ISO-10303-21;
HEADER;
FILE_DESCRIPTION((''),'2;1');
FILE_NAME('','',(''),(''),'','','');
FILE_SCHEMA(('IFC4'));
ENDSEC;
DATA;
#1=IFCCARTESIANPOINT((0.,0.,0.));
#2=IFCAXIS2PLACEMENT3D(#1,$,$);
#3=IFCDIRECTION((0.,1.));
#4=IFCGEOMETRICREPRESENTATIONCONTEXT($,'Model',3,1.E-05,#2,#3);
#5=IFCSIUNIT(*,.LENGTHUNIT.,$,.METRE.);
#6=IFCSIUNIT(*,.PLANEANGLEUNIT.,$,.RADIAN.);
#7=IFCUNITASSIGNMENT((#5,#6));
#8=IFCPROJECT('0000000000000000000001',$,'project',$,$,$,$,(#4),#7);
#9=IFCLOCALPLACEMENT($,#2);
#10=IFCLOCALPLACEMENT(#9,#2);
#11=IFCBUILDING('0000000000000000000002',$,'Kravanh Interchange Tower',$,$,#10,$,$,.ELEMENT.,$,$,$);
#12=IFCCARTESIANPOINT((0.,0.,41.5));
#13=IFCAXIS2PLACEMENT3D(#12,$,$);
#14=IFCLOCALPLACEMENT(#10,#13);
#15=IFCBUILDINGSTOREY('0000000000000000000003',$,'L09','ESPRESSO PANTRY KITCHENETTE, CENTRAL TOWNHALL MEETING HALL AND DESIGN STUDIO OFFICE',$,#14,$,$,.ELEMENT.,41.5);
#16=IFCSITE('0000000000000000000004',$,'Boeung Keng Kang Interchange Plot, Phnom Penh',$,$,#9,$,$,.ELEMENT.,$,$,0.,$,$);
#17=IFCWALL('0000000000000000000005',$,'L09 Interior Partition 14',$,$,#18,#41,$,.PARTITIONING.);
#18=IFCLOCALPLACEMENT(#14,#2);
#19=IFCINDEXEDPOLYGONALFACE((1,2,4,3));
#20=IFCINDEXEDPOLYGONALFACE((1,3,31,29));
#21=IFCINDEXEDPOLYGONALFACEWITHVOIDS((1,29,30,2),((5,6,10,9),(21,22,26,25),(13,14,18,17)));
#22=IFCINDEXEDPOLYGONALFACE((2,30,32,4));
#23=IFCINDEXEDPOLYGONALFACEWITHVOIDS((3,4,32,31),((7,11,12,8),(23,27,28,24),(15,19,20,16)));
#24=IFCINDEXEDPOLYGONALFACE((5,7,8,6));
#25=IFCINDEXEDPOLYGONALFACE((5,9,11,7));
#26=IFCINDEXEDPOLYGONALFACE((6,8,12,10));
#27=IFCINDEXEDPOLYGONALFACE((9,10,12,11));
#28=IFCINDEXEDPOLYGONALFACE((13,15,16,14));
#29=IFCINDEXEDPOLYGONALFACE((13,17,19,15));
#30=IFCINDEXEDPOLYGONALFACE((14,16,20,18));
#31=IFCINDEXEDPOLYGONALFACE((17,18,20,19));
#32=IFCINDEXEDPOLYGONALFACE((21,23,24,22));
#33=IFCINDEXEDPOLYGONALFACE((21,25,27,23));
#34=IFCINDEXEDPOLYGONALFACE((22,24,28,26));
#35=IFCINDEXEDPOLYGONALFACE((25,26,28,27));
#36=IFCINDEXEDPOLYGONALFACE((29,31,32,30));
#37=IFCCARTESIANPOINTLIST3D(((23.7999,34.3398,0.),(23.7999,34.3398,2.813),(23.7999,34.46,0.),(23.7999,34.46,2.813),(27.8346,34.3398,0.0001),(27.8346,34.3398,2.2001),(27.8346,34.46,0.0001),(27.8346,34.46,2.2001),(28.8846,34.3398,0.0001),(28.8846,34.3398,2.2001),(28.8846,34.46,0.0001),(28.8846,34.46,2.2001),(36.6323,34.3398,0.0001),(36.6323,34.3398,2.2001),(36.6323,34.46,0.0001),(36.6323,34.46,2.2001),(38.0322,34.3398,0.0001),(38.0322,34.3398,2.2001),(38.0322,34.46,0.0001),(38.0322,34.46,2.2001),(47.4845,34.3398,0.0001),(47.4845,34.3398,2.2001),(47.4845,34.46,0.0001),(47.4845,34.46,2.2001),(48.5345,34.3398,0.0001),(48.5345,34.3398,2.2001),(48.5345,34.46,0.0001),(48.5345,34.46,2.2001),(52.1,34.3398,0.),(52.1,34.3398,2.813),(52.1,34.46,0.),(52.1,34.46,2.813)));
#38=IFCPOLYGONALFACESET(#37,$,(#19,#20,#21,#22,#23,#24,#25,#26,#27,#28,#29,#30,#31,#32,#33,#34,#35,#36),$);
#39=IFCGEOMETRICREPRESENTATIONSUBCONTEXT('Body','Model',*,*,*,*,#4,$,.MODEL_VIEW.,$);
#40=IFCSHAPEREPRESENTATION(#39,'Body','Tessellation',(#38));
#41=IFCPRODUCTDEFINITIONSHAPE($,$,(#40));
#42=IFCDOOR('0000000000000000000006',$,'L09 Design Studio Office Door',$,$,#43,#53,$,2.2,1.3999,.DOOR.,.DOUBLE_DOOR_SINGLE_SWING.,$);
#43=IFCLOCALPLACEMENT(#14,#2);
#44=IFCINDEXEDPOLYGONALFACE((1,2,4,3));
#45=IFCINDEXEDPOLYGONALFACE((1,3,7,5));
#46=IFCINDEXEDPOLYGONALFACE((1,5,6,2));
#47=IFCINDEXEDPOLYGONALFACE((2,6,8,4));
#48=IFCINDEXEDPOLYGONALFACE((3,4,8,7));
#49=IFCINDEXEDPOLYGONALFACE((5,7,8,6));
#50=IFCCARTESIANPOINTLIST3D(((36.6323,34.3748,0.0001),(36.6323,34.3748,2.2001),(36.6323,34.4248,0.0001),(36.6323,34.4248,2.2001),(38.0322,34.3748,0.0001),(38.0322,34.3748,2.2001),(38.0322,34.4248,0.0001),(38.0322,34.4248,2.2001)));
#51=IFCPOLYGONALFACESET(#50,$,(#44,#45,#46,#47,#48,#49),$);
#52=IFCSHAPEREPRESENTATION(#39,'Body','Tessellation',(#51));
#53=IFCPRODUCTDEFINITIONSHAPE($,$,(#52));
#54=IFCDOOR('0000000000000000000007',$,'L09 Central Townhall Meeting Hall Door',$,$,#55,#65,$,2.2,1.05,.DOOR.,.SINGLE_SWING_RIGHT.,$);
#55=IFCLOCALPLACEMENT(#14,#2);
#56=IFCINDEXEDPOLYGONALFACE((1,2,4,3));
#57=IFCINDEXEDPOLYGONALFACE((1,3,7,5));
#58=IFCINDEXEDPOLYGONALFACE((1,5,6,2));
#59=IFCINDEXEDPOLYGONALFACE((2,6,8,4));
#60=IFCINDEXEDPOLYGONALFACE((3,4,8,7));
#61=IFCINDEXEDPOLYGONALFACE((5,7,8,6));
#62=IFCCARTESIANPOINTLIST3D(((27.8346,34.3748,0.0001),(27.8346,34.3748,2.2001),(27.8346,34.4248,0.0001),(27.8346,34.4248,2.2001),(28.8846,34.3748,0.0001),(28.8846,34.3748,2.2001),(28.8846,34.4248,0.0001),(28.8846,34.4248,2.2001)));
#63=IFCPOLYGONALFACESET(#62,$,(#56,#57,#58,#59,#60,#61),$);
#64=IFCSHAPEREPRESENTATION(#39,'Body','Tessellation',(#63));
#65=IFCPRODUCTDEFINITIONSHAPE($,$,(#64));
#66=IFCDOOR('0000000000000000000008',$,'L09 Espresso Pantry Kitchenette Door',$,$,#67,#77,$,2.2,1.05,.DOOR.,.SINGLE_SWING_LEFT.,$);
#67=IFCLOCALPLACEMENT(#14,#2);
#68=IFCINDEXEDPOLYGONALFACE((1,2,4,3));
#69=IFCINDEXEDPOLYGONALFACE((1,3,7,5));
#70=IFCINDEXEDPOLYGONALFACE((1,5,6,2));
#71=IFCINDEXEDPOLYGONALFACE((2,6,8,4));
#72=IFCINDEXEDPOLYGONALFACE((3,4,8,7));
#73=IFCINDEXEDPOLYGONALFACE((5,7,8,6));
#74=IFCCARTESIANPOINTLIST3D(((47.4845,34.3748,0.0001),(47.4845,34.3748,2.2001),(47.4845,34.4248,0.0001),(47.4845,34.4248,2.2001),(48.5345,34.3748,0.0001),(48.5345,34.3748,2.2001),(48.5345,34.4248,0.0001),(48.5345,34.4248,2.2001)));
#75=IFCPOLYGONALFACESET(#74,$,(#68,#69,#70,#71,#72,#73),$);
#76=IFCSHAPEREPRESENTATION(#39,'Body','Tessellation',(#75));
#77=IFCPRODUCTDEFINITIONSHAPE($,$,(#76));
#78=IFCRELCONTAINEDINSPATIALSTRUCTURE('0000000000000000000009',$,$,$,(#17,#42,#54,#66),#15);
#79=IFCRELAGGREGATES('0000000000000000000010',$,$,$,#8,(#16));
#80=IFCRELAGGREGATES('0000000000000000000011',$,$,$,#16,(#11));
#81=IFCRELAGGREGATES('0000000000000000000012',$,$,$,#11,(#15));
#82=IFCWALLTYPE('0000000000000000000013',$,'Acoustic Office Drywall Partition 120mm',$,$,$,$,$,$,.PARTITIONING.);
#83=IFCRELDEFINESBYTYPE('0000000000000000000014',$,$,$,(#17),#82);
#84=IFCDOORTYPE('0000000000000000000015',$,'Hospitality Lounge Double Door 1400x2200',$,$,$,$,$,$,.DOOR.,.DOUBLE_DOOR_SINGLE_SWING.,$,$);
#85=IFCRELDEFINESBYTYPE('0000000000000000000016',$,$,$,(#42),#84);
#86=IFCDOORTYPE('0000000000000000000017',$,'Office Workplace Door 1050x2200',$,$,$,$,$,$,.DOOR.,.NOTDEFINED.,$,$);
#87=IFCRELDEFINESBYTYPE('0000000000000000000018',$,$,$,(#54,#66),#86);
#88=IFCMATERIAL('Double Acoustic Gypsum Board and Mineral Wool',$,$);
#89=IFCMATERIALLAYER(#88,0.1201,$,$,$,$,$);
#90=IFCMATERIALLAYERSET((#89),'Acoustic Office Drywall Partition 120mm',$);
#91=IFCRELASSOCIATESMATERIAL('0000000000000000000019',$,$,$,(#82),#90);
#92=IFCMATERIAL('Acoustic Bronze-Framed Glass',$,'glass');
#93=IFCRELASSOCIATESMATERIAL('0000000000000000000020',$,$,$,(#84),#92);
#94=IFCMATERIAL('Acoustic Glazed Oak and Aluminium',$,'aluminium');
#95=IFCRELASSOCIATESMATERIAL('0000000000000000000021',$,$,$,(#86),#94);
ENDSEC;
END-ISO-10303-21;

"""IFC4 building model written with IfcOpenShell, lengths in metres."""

from ifc_helpers import new_model, si_unit, direction, frame, frame_2d, origin, place, context, subcontext, project, spatial, rectangle, extrude, material, layer, layer_set, type_object, element, fill, save


model = new_model("IFC4")

# Units and contexts
model_context = context("Model", 3, precision=1e-05, world=origin(), true_north=direction((0.0, 1.0)))
body_context = subcontext(model_context, "Body", "Model", "MODEL_VIEW")
ifc_project = project(units=[si_unit("LENGTHUNIT", "METRE"), si_unit("PLANEANGLEUNIT", "RADIAN")], contexts=[model_context])

# Site, building, storey
site_placement = place(None, origin())
site = spatial("IfcSite", under=ifc_project, at=site_placement, Name="Boeung Keng Kang Interchange Plot, Phnom Penh", CompositionType="ELEMENT", RefElevation=0.0)
building_placement = place(site_placement, origin())
building = spatial("IfcBuilding", under=site, at=building_placement, Name="Kravanh Interchange Tower", CompositionType="ELEMENT")
storey_placement = place(building_placement, frame((0.0, 0.0, 41.5)))
storey = spatial("IfcBuildingStorey", under=building, at=storey_placement, Name="L09", Description="ESPRESSO PANTRY KITCHENETTE, CENTRAL TOWNHALL MEETING HALL AND DESIGN STUDIO OFFICE", CompositionType="ELEMENT", Elevation=41.5)

# Wall, openings, doors
ifc_material_1 = material(Name="Double Acoustic Gypsum Board and Mineral Wool")
ifc_layer = layer(ifc_material_1, 0.1201)
ifc_layer_set = layer_set([ifc_layer], Name="Acoustic Office Drywall Partition 120mm")
wall_type = type_object("IfcWallType", Name="Acoustic Office Drywall Partition 120mm", PredefinedType="PARTITIONING", material=ifc_layer_set)
wall_placement = place(storey_placement, frame((23.8, 34.3999, 0.0), z_axis=(0.0, 0.0, 1.0), x_axis=(1.0, 0.0, 0.0)))
wall = element("IfcWall", 1, at=wall_placement, inside=storey, type_object=wall_type, Name="L09 Interior Partition 14", PredefinedType="PARTITIONING", context=body_context, shape_type="SweptSolid", body=[
    extrude(rectangle(XDim=28.3, YDim=0.1201, at=frame_2d((14.1499, 0.0))), origin(), (0.0, 0.0, 1.0), 2.813),
])
opening_1_placement = place(wall_placement, frame((4.0347, 0.0, 0.0)))
opening_1 = element("IfcOpeningElement", 2, at=opening_1_placement, cuts=wall, PredefinedType="OPENING", context=body_context, shape_type="SweptSolid", body=[
    extrude(rectangle(XDim=1.05, YDim=2.2, at=frame_2d((0.5249, 1.1001))), frame((0.0, 0.0701, 0.0), z_axis=(0.0, -1.0, 0.0), x_axis=(1.0, 0.0, 0.0)), (0.0, 0.0, 1.0), 0.1401),
])
opening_2_placement = place(wall_placement, frame((12.8323, 0.0, 0.0)))
opening_2 = element("IfcOpeningElement", 3, at=opening_2_placement, cuts=wall, PredefinedType="OPENING", context=body_context, shape_type="SweptSolid", body=[
    extrude(rectangle(XDim=1.3999, YDim=2.2, at=frame_2d((0.7, 1.1001))), frame((0.0, 0.0701, 0.0), z_axis=(0.0, -1.0, 0.0), x_axis=(1.0, 0.0, 0.0)), (0.0, 0.0, 1.0), 0.1401),
])
opening_3_placement = place(wall_placement, frame((23.6846, 0.0, 0.0)))
opening_3 = element("IfcOpeningElement", 4, at=opening_3_placement, cuts=wall, PredefinedType="OPENING", context=body_context, shape_type="SweptSolid", body=[
    extrude(rectangle(XDim=1.05, YDim=2.2, at=frame_2d((0.5249, 1.1001))), frame((0.0, 0.0701, 0.0), z_axis=(0.0, -1.0, 0.0), x_axis=(1.0, 0.0, 0.0)), (0.0, 0.0, 1.0), 0.1401),
])
ifc_material_2 = material(Name="Acoustic Bronze-Framed Glass", Category="glass")
door_type_1 = type_object("IfcDoorType", Name="Hospitality Lounge Double Door 1400x2200", OperationType="DOUBLE_DOOR_SINGLE_SWING", PredefinedType="DOOR", material=ifc_material_2)
door_1_placement = place(opening_2_placement, origin())
door_1 = element("IfcDoor", 5, at=door_1_placement, inside=storey, type_object=door_type_1, Name="L09 Design Studio Office Door", OperationType="DOUBLE_DOOR_SINGLE_SWING", OverallHeight=2.2, OverallWidth=1.3999, PredefinedType="DOOR", context=body_context, shape_type="SweptSolid", body=[
    extrude(rectangle(XDim=1.3999, YDim=2.2, at=frame_2d((0.7, 1.1001))), frame((0.0, 0.0249, 0.0), z_axis=(0.0, -1.0, 0.0), x_axis=(1.0, 0.0, 0.0)), (0.0, 0.0, 1.0), 0.05),
])
fill(opening_2, door_1)
ifc_material_3 = material(Name="Acoustic Glazed Oak and Aluminium", Category="aluminium")
door_type_2 = type_object("IfcDoorType", Name="Office Workplace Door 1050x2200", OperationType="NOTDEFINED", PredefinedType="DOOR", material=ifc_material_3)
door_2_placement = place(opening_1_placement, origin())
door_2 = element("IfcDoor", 6, at=door_2_placement, inside=storey, type_object=door_type_2, Name="L09 Central Townhall Meeting Hall Door", OperationType="SINGLE_SWING_RIGHT", OverallHeight=2.2, OverallWidth=1.05, PredefinedType="DOOR", context=body_context, shape_type="SweptSolid", body=[
    extrude(rectangle(XDim=1.05, YDim=2.2, at=frame_2d((0.5249, 1.1001))), frame((0.0, 0.0249, 0.0), z_axis=(0.0, -1.0, 0.0), x_axis=(1.0, 0.0, 0.0)), (0.0, 0.0, 1.0), 0.05),
])
fill(opening_1, door_2)
door_3_placement = place(opening_3_placement, origin())
door_3 = element("IfcDoor", 7, at=door_3_placement, inside=storey, type_object=door_type_2, Name="L09 Espresso Pantry Kitchenette Door", OperationType="SINGLE_SWING_LEFT", OverallHeight=2.2, OverallWidth=1.05, PredefinedType="DOOR", context=body_context, shape_type="SweptSolid", body=[
    extrude(rectangle(XDim=1.05, YDim=2.2, at=frame_2d((0.5249, 1.1001))), frame((0.0, 0.0249, 0.0), z_axis=(0.0, -1.0, 0.0), x_axis=(1.0, 0.0, 0.0)), (0.0, 0.0, 1.0), 0.05),
])
fill(opening_3, door_3)

save(model, "model.ifc")
